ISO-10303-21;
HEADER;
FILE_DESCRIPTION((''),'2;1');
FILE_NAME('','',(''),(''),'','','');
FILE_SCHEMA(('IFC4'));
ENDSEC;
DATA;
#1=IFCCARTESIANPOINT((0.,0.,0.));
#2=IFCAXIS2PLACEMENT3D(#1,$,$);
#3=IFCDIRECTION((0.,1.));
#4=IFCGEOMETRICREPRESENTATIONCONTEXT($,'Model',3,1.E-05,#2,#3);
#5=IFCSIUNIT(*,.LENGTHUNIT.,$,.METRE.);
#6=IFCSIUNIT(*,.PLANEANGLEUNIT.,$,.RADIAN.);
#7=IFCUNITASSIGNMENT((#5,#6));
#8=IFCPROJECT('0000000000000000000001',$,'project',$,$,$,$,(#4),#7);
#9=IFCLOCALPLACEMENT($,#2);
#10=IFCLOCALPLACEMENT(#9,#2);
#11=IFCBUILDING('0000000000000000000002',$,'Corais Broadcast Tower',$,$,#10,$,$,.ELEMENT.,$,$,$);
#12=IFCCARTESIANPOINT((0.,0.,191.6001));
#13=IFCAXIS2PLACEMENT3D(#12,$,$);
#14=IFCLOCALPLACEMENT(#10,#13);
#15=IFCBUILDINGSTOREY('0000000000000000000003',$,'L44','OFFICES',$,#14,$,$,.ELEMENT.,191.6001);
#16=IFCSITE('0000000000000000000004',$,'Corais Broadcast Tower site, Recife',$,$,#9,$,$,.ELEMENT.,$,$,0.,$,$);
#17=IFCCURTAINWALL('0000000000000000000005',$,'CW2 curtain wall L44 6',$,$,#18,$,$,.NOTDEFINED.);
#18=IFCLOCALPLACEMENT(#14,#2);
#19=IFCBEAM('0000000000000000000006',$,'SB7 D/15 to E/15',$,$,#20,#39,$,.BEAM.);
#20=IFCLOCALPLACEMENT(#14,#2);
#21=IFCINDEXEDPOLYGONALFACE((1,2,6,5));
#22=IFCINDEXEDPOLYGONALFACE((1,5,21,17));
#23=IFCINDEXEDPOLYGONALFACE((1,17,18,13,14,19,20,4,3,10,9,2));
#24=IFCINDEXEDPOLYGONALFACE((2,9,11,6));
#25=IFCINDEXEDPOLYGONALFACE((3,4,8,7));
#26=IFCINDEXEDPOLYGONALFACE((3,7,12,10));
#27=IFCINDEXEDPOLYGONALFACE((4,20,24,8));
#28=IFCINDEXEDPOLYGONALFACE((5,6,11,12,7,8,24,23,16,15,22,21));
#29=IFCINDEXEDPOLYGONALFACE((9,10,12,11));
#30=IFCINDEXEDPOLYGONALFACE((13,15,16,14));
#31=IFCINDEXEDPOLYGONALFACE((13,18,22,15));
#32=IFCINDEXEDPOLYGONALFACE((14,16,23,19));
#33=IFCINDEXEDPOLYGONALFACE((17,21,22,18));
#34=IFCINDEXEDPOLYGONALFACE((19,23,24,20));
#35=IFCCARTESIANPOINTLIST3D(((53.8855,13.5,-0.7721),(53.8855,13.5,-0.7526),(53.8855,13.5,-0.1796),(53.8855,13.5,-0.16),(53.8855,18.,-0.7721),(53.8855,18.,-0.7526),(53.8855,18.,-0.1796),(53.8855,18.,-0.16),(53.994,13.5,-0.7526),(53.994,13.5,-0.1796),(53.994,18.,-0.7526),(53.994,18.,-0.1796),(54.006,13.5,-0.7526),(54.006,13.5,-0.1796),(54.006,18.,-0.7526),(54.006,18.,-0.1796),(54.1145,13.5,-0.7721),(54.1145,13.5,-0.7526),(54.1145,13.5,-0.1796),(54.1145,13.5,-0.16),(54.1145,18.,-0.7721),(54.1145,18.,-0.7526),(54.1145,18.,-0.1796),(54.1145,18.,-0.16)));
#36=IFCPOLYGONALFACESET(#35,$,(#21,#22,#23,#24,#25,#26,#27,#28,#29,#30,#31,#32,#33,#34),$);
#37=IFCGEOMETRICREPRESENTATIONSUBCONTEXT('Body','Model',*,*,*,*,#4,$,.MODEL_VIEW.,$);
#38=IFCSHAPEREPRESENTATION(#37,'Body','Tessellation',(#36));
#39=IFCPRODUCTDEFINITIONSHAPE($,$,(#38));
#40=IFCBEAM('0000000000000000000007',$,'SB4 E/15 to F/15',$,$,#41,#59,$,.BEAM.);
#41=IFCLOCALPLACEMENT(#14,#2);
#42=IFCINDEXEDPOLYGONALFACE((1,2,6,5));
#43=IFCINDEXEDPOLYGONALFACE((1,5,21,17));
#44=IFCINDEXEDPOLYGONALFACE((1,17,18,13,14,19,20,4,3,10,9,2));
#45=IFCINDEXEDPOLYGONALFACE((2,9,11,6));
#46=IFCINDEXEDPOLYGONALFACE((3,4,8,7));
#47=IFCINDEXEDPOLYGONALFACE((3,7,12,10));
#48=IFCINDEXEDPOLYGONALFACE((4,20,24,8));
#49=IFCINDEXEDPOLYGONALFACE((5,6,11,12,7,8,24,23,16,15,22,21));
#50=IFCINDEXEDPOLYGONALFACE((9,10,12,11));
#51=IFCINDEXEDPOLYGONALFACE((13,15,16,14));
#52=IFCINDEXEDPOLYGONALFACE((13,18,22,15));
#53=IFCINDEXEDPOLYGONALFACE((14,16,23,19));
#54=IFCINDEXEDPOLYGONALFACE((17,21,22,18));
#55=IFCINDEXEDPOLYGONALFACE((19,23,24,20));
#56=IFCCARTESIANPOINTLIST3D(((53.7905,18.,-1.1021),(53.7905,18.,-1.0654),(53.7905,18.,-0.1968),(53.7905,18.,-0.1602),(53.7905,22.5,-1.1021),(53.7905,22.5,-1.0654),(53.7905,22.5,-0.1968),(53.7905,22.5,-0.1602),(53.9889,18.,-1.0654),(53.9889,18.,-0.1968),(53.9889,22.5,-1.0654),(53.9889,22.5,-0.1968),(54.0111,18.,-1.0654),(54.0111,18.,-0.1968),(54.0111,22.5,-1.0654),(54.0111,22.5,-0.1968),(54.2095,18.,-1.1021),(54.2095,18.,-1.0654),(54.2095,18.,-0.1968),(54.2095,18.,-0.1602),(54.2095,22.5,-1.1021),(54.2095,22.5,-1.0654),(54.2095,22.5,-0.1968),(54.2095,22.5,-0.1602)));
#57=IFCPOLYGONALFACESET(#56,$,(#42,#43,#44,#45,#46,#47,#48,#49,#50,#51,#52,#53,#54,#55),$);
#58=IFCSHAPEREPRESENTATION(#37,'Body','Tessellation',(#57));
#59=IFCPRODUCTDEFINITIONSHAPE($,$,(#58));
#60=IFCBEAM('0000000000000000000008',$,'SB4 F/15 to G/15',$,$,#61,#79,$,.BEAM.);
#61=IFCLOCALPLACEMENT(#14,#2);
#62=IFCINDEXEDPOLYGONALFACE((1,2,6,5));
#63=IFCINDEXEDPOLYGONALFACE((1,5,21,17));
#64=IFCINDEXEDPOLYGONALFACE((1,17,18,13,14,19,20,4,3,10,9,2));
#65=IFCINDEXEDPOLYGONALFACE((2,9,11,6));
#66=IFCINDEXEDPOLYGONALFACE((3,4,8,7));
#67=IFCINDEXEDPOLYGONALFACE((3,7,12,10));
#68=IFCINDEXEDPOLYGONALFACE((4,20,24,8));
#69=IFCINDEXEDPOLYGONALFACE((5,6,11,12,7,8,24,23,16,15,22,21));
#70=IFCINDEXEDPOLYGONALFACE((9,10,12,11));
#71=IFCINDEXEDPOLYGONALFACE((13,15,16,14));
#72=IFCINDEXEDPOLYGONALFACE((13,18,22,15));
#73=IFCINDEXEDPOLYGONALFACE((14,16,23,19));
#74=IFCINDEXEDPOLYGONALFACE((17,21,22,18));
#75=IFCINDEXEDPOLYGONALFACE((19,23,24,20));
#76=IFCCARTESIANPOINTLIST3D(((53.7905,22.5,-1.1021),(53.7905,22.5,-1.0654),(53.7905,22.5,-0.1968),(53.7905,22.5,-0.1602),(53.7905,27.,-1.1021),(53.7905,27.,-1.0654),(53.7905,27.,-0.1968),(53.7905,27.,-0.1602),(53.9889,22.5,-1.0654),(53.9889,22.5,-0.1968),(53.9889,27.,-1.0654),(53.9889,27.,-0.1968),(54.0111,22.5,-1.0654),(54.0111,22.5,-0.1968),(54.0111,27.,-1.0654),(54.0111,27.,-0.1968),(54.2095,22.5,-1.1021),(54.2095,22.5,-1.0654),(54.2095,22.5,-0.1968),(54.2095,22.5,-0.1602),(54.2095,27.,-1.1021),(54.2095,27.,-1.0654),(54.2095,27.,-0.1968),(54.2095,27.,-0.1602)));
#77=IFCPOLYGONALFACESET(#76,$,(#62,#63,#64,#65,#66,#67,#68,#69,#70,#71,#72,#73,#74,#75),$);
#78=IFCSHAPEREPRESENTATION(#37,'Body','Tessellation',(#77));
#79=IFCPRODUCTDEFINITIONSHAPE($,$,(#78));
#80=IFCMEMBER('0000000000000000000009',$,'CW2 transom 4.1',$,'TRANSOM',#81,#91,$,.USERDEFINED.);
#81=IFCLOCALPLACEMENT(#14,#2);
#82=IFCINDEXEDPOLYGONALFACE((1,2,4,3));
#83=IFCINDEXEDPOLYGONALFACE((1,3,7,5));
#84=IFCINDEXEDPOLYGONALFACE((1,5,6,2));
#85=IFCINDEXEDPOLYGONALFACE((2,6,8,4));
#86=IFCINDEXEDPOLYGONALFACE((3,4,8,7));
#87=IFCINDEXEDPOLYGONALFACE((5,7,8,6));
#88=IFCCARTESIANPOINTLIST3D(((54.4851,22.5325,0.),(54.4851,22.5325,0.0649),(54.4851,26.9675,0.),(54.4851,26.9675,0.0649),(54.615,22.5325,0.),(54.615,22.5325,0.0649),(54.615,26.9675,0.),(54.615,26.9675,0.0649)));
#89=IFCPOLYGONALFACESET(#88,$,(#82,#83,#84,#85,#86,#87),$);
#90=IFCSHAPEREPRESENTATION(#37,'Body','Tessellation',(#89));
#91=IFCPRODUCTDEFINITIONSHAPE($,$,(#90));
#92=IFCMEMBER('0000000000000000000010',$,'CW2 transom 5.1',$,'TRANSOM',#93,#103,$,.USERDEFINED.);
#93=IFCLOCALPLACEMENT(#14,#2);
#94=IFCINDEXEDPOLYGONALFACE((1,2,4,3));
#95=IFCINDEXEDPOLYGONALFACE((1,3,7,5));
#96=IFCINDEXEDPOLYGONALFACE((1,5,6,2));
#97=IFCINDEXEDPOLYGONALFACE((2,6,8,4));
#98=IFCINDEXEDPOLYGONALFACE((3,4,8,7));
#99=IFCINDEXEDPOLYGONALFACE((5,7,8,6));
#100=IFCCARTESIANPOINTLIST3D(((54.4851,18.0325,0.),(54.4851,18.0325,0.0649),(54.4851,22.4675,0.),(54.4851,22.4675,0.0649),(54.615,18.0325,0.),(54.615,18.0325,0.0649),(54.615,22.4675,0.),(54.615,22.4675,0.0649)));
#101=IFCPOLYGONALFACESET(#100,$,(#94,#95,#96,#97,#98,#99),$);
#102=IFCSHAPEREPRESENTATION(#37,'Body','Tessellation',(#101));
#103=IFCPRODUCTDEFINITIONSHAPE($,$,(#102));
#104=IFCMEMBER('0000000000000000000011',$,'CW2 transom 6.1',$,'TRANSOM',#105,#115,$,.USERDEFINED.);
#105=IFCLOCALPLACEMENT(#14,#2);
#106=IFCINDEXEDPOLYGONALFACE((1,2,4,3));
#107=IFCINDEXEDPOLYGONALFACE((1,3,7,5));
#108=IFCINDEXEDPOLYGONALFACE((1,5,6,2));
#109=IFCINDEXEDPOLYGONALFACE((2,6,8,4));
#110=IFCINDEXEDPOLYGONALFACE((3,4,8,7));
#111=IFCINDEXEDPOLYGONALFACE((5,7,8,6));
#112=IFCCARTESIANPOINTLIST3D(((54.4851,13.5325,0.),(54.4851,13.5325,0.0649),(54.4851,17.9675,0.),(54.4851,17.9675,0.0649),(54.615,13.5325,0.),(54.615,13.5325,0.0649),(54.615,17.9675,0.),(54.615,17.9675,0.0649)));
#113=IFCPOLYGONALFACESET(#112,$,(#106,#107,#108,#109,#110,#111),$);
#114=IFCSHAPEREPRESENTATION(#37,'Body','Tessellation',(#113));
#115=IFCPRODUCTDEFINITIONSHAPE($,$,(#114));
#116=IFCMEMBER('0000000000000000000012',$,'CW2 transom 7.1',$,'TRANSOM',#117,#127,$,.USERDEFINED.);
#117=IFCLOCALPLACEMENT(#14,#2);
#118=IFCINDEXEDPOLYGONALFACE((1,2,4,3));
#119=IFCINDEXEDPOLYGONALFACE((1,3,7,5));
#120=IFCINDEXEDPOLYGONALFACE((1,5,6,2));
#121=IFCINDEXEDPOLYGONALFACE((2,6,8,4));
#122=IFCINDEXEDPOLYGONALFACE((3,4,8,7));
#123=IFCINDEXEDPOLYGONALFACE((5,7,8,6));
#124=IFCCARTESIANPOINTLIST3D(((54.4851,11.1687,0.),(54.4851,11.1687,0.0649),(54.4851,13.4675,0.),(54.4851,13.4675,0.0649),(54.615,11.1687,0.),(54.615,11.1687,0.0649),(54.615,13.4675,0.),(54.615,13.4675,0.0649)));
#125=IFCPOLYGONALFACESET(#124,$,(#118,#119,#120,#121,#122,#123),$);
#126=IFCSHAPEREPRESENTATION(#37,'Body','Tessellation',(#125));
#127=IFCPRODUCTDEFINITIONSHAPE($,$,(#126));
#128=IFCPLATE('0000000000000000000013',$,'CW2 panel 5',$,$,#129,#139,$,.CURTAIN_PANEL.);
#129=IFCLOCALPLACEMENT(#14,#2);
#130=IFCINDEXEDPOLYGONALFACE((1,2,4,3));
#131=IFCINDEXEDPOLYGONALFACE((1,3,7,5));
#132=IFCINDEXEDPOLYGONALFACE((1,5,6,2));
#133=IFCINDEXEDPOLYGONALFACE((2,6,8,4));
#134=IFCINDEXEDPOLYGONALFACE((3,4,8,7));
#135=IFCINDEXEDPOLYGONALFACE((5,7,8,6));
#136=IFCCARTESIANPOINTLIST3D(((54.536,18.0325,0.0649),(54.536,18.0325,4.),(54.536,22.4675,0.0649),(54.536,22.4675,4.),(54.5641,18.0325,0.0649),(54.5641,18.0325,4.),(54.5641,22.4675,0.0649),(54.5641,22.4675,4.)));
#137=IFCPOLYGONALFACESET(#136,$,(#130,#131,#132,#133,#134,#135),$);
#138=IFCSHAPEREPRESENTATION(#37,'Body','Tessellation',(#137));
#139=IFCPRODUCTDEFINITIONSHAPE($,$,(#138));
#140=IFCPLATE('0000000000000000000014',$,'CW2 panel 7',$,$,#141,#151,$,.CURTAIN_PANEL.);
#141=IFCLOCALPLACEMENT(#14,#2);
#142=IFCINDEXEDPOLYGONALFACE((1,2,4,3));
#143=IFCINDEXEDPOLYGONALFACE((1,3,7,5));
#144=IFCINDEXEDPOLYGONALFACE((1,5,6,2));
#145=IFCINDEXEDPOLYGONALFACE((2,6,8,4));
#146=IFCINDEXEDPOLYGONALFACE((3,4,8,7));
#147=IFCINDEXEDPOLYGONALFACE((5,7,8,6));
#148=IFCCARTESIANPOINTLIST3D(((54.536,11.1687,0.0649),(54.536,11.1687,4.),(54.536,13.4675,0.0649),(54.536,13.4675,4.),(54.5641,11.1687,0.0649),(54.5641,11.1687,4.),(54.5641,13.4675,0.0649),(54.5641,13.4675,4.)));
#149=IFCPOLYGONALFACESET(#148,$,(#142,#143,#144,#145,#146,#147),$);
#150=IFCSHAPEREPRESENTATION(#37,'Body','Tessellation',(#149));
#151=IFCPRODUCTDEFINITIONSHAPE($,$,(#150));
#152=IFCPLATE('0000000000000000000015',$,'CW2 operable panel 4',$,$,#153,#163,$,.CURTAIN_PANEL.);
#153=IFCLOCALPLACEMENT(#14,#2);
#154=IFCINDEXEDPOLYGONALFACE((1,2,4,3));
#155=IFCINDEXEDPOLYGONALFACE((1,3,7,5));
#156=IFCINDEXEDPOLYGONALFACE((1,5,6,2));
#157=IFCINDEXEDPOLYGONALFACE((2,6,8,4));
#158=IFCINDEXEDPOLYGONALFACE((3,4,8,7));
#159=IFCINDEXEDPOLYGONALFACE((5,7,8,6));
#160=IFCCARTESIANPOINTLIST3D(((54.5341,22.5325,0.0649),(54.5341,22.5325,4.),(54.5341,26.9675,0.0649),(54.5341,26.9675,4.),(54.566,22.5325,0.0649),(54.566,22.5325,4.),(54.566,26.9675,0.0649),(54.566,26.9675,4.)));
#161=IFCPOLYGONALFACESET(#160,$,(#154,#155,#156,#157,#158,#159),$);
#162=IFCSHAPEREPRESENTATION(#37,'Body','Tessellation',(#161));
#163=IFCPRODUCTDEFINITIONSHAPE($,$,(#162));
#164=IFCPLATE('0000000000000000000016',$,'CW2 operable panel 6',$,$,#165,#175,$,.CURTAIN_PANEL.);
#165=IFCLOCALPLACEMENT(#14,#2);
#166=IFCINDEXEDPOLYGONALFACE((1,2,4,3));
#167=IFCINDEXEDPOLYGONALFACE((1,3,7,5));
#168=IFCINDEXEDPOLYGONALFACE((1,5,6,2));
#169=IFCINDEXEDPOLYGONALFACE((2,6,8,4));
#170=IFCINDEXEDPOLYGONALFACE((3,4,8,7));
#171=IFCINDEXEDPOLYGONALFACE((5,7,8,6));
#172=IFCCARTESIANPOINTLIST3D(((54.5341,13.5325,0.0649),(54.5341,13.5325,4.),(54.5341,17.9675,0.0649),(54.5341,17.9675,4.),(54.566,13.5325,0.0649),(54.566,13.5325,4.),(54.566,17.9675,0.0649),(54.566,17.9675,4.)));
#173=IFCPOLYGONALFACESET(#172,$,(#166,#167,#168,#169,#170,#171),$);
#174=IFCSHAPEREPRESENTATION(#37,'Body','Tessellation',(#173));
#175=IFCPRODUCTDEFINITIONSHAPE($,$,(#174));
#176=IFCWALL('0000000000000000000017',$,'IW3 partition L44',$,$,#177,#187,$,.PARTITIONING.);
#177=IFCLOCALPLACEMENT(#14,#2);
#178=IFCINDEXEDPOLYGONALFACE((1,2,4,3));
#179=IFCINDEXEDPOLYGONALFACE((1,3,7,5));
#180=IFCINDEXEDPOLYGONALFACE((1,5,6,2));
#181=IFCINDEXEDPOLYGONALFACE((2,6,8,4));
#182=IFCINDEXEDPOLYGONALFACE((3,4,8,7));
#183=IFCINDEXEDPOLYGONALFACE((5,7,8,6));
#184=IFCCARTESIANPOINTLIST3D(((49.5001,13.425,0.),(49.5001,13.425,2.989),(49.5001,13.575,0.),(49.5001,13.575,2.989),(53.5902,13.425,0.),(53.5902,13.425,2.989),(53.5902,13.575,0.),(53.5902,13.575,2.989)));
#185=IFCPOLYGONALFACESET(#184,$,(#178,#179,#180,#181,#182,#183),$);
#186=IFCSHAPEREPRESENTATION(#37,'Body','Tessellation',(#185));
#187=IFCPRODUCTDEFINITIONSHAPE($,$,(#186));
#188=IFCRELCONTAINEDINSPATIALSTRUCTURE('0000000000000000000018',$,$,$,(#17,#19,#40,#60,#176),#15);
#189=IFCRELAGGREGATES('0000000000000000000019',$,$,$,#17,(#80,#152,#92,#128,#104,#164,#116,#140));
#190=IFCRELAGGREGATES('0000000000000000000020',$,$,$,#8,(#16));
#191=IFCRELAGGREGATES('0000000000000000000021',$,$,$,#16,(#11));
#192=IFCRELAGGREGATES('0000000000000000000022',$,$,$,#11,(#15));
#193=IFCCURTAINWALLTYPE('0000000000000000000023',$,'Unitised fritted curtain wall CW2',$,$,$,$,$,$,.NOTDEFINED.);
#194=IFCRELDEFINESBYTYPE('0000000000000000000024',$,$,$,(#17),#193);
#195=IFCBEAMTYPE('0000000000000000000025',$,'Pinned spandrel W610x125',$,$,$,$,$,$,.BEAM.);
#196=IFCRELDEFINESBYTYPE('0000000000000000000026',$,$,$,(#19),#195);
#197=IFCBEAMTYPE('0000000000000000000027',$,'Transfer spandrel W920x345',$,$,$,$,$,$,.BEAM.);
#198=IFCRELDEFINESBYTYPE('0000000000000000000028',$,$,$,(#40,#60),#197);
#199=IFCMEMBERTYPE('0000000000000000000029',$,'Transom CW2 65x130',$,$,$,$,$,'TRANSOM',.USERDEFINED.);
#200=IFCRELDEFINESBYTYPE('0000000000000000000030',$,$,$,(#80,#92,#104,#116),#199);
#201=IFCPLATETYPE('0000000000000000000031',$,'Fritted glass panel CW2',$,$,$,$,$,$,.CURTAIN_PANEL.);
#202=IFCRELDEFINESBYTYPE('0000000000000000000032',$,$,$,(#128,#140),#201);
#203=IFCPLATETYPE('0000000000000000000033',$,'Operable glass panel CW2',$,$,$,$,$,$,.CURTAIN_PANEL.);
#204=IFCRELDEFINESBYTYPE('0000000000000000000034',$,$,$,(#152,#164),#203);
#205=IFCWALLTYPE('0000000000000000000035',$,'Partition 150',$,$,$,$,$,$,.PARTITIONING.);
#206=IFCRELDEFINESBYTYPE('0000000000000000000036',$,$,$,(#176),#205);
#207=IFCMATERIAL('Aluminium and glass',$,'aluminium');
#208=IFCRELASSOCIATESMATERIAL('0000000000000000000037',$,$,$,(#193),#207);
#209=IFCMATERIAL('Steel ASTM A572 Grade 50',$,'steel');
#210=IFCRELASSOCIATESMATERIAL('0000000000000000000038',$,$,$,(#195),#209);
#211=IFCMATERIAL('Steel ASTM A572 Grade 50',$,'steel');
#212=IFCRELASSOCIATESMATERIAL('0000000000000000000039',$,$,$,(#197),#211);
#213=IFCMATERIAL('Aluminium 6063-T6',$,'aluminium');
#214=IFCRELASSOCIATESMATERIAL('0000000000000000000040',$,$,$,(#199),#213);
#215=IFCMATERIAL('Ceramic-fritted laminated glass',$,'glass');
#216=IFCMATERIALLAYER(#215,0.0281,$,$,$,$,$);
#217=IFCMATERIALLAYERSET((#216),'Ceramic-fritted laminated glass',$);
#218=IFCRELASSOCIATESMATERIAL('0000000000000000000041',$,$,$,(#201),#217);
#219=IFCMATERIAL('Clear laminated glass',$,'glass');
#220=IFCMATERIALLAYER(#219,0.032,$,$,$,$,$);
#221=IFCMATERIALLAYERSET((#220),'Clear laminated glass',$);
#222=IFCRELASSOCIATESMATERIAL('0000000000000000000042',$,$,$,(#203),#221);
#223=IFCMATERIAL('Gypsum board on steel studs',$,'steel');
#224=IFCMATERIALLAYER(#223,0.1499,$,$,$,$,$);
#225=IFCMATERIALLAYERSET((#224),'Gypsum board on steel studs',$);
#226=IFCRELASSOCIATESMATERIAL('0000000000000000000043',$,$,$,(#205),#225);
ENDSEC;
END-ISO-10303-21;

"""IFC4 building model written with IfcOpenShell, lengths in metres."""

from ifc_helpers import new_model, si_unit, direction, frame, frame_2d, origin, origin_2d, place, context, subcontext, project, spatial, rectangle, i_section, extrude, material, layer, layer_set, material_profile, profile_set, type_object, element, aggregate, save


model = new_model("IFC4")

# Units and contexts
model_context = context("Model", 3, precision=1e-05, world=origin(), true_north=direction((0.0, 1.0)))
body_context = subcontext(model_context, "Body", "Model", "MODEL_VIEW")
ifc_project = project(units=[si_unit("LENGTHUNIT", "METRE"), si_unit("PLANEANGLEUNIT", "RADIAN")], contexts=[model_context])

# Site, building, storey
site_placement = place(None, origin())
site = spatial("IfcSite", under=ifc_project, at=site_placement, Name="Corais Broadcast Tower site, Recife", CompositionType="ELEMENT", RefElevation=0.0)
building_placement = place(site_placement, origin())
building = spatial("IfcBuilding", under=site, at=building_placement, Name="Corais Broadcast Tower", CompositionType="ELEMENT")
storey_placement = place(building_placement, frame((0.0, 0.0, 191.6001)))
storey = spatial("IfcBuildingStorey", under=building, at=storey_placement, Name="L44", Description="OFFICES", CompositionType="ELEMENT", Elevation=191.6001)

# Curtain wall
ifc_material_1 = material(Name="Aluminium and glass", Category="aluminium")
curtain_wall_type = type_object("IfcCurtainWallType", Name="Unitised fritted curtain wall CW2", PredefinedType="NOTDEFINED", material=ifc_material_1)
curtain_wall_placement = place(storey_placement, origin())
curtain_wall = element("IfcCurtainWall", 1, at=curtain_wall_placement, inside=storey, type_object=curtain_wall_type, Name="CW2 curtain wall L44 6", PredefinedType="NOTDEFINED")

# Beams
ifc_material_2 = material(Name="Steel ASTM A572 Grade 50", Category="steel")
ifc_material_profile_1 = material_profile(ifc_material_2, i_section(OverallWidth=0.229, OverallDepth=0.6121, WebThickness=0.012, FlangeThickness=0.0195, at=origin_2d()), Name="W610x125")
ifc_profile_set_1 = profile_set([ifc_material_profile_1], Name="Steel ASTM A572 Grade 50")
beam_type_1 = type_object("IfcBeamType", Name="Pinned spandrel W610x125", PredefinedType="BEAM", material=ifc_profile_set_1)
beam_placement = place(storey_placement, frame((54.0, 13.5, -0.4661), z_axis=(0.0, 1.0, 0.0), x_axis=(-1.0, 0.0, 0.0)))
element("IfcBeam", 2, at=beam_placement, inside=storey, type_object=beam_type_1, Name="SB7 D/15 to E/15", PredefinedType="BEAM", context=body_context, shape_type="SweptSolid", body=[
    extrude(i_section(OverallWidth=0.229, OverallDepth=0.6121, WebThickness=0.012, FlangeThickness=0.0195, at=origin_2d()), origin(), (0.0, 0.0, 1.0), 4.5),
])
ifc_material_3 = material(Name="Steel ASTM A572 Grade 50", Category="steel")
ifc_material_profile_2 = material_profile(ifc_material_3, i_section(OverallWidth=0.4189, OverallDepth=0.9419, WebThickness=0.0222, FlangeThickness=0.0366, at=origin_2d()), Name="W920x345")
ifc_profile_set_2 = profile_set([ifc_material_profile_2], Name="Steel ASTM A572 Grade 50")
beam_type_2 = type_object("IfcBeamType", Name="Transfer spandrel W920x345", PredefinedType="BEAM", material=ifc_profile_set_2)
for number, where, z_axis, x_axis, name in (
    (3, (54.0, 18.0, -0.6311), (0.0, 1.0, 0.0), (-1.0, 0.0, 0.0), "SB4 E/15 to F/15"),
    (4, (54.0, 22.5, -0.6311), (0.0, 1.0, 0.0), (-1.0, 0.0, 0.0), "SB4 F/15 to G/15"),
):
    element("IfcBeam", number, at=place(storey_placement, frame(where, z_axis=z_axis, x_axis=x_axis)), inside=storey, type_object=beam_type_2, Name=name, PredefinedType="BEAM", context=body_context, shape_type="SweptSolid", body=[
        extrude(i_section(OverallWidth=0.4189, OverallDepth=0.9419, WebThickness=0.0222, FlangeThickness=0.0366, at=origin_2d()), origin(), (0.0, 0.0, 1.0), 4.5),
    ])

# Members
ifc_material_4 = material(Name="Aluminium 6063-T6", Category="aluminium")
ifc_material_profile_3 = material_profile(ifc_material_4, rectangle(XDim=0.1299, YDim=0.0649, at=origin_2d()), Name="Transom CW2 65x130")
ifc_profile_set_3 = profile_set([ifc_material_profile_3], Name="Aluminium 6063-T6")
member_type_1 = type_object("IfcMemberType", Name="Transom CW2 65x130", ElementType="TRANSOM", PredefinedType="USERDEFINED", material=ifc_profile_set_3)
member_1_placement = place(storey_placement, frame((54.55, 26.9675, 0.0325), z_axis=(0.0, -1.0, 0.0), x_axis=(1.0, 0.0, 0.0)))
member_1 = element("IfcMember", 5, at=member_1_placement, type_object=member_type_1, Name="CW2 transom 4.1", ObjectType="TRANSOM", PredefinedType="USERDEFINED", context=body_context, shape_type="SweptSolid", body=[
    extrude(rectangle(XDim=0.1299, YDim=0.0649, at=origin_2d()), origin(), (0.0, 0.0, 1.0), 4.4351),
])
member_2_placement = place(storey_placement, frame((54.55, 22.4675, 0.0325), z_axis=(0.0, -1.0, 0.0), x_axis=(1.0, 0.0, 0.0)))
member_2 = element("IfcMember", 6, at=member_2_placement, type_object=member_type_1, Name="CW2 transom 5.1", ObjectType="TRANSOM", PredefinedType="USERDEFINED", context=body_context, shape_type="SweptSolid", body=[
    extrude(rectangle(XDim=0.1299, YDim=0.0649, at=origin_2d()), origin(), (0.0, 0.0, 1.0), 4.4351),
])
member_3_placement = place(storey_placement, frame((54.55, 17.9675, 0.0325), z_axis=(0.0, -1.0, 0.0), x_axis=(1.0, 0.0, 0.0)))
member_3 = element("IfcMember", 7, at=member_3_placement, type_object=member_type_1, Name="CW2 transom 6.1", ObjectType="TRANSOM", PredefinedType="USERDEFINED", context=body_context, shape_type="SweptSolid", body=[
    extrude(rectangle(XDim=0.1299, YDim=0.0649, at=origin_2d()), origin(), (0.0, 0.0, 1.0), 4.4351),
])
member_4_placement = place(storey_placement, frame((54.55, 13.4675, 0.0325), z_axis=(0.0, -1.0, 0.0), x_axis=(1.0, 0.0, 0.0)))
member_4 = element("IfcMember", 8, at=member_4_placement, type_object=member_type_1, Name="CW2 transom 7.1", ObjectType="TRANSOM", PredefinedType="USERDEFINED", context=body_context, shape_type="SweptSolid", body=[
    extrude(rectangle(XDim=0.1299, YDim=0.0649, at=origin_2d()), origin(), (0.0, 0.0, 1.0), 2.2988),
])

# Plates
ifc_material_5 = material(Name="Ceramic-fritted laminated glass", Category="glass")
ifc_layer_1 = layer(ifc_material_5, 0.0281)
ifc_layer_set_1 = layer_set([ifc_layer_1], Name="Ceramic-fritted laminated glass")
plate_type_1 = type_object("IfcPlateType", Name="Fritted glass panel CW2", PredefinedType="CURTAIN_PANEL", material=ifc_layer_set_1)
plate_1_placement = place(storey_placement, frame((54.55, 20.25, 0.0649), z_axis=(0.0, 0.0, 1.0), x_axis=(0.0, -1.0, 0.0)))
plate_1 = element("IfcPlate", 9, at=plate_1_placement, type_object=plate_type_1, Name="CW2 panel 5", PredefinedType="CURTAIN_PANEL", context=body_context, shape_type="SweptSolid", body=[
    extrude(rectangle(XDim=4.4351, YDim=0.0281, at=origin_2d()), origin(), (0.0, 0.0, 1.0), 3.9351),
])
plate_2_placement = place(storey_placement, frame((54.55, 12.3181, 0.0649), z_axis=(0.0, 0.0, 1.0), x_axis=(0.0, -1.0, 0.0)))
plate_2 = element("IfcPlate", 10, at=plate_2_placement, type_object=plate_type_1, Name="CW2 panel 7", PredefinedType="CURTAIN_PANEL", context=body_context, shape_type="SweptSolid", body=[
    extrude(rectangle(XDim=2.2988, YDim=0.0281, at=origin_2d()), origin(), (0.0, 0.0, 1.0), 3.9351),
])
ifc_material_6 = material(Name="Clear laminated glass", Category="glass")
ifc_layer_2 = layer(ifc_material_6, 0.032)
ifc_layer_set_2 = layer_set([ifc_layer_2], Name="Clear laminated glass")
plate_type_2 = type_object("IfcPlateType", Name="Operable glass panel CW2", PredefinedType="CURTAIN_PANEL", material=ifc_layer_set_2)
plate_3_placement = place(storey_placement, frame((54.55, 24.75, 0.0649), z_axis=(0.0, 0.0, 1.0), x_axis=(0.0, -1.0, 0.0)))
plate_3 = element("IfcPlate", 11, at=plate_3_placement, type_object=plate_type_2, Name="CW2 operable panel 4", PredefinedType="CURTAIN_PANEL", context=body_context, shape_type="SweptSolid", body=[
    extrude(rectangle(XDim=4.4351, YDim=0.032, at=origin_2d()), origin(), (0.0, 0.0, 1.0), 3.9351),
])
plate_4_placement = place(storey_placement, frame((54.55, 15.75, 0.0649), z_axis=(0.0, 0.0, 1.0), x_axis=(0.0, -1.0, 0.0)))
plate_4 = element("IfcPlate", 12, at=plate_4_placement, type_object=plate_type_2, Name="CW2 operable panel 6", PredefinedType="CURTAIN_PANEL", context=body_context, shape_type="SweptSolid", body=[
    extrude(rectangle(XDim=4.4351, YDim=0.032, at=origin_2d()), origin(), (0.0, 0.0, 1.0), 3.9351),
])
aggregate(curtain_wall, [member_1, plate_3, member_2, plate_1, member_3, plate_4, member_4, plate_2])

# Wall
ifc_material_7 = material(Name="Gypsum board on steel studs", Category="steel")
ifc_layer_3 = layer(ifc_material_7, 0.1499)
ifc_layer_set_3 = layer_set([ifc_layer_3], Name="Gypsum board on steel studs")
wall_type = type_object("IfcWallType", Name="Partition 150", PredefinedType="PARTITIONING", material=ifc_layer_set_3)
wall_1_placement = place(storey_placement, frame((53.5901, 13.5, 0.0), z_axis=(0.0, 0.0, 1.0), x_axis=(-1.0, 0.0, 0.0)))
element("IfcWall", 13, at=wall_1_placement, inside=storey, type_object=wall_type, Name="IW3 partition L44", PredefinedType="PARTITIONING", context=body_context, shape_type="SweptSolid", body=[
    extrude(rectangle(XDim=4.0901, YDim=0.1499, at=frame_2d((2.0449, 0.0))), origin(), (0.0, 0.0, 1.0), 2.989),
])

save(model, "model.ifc")
